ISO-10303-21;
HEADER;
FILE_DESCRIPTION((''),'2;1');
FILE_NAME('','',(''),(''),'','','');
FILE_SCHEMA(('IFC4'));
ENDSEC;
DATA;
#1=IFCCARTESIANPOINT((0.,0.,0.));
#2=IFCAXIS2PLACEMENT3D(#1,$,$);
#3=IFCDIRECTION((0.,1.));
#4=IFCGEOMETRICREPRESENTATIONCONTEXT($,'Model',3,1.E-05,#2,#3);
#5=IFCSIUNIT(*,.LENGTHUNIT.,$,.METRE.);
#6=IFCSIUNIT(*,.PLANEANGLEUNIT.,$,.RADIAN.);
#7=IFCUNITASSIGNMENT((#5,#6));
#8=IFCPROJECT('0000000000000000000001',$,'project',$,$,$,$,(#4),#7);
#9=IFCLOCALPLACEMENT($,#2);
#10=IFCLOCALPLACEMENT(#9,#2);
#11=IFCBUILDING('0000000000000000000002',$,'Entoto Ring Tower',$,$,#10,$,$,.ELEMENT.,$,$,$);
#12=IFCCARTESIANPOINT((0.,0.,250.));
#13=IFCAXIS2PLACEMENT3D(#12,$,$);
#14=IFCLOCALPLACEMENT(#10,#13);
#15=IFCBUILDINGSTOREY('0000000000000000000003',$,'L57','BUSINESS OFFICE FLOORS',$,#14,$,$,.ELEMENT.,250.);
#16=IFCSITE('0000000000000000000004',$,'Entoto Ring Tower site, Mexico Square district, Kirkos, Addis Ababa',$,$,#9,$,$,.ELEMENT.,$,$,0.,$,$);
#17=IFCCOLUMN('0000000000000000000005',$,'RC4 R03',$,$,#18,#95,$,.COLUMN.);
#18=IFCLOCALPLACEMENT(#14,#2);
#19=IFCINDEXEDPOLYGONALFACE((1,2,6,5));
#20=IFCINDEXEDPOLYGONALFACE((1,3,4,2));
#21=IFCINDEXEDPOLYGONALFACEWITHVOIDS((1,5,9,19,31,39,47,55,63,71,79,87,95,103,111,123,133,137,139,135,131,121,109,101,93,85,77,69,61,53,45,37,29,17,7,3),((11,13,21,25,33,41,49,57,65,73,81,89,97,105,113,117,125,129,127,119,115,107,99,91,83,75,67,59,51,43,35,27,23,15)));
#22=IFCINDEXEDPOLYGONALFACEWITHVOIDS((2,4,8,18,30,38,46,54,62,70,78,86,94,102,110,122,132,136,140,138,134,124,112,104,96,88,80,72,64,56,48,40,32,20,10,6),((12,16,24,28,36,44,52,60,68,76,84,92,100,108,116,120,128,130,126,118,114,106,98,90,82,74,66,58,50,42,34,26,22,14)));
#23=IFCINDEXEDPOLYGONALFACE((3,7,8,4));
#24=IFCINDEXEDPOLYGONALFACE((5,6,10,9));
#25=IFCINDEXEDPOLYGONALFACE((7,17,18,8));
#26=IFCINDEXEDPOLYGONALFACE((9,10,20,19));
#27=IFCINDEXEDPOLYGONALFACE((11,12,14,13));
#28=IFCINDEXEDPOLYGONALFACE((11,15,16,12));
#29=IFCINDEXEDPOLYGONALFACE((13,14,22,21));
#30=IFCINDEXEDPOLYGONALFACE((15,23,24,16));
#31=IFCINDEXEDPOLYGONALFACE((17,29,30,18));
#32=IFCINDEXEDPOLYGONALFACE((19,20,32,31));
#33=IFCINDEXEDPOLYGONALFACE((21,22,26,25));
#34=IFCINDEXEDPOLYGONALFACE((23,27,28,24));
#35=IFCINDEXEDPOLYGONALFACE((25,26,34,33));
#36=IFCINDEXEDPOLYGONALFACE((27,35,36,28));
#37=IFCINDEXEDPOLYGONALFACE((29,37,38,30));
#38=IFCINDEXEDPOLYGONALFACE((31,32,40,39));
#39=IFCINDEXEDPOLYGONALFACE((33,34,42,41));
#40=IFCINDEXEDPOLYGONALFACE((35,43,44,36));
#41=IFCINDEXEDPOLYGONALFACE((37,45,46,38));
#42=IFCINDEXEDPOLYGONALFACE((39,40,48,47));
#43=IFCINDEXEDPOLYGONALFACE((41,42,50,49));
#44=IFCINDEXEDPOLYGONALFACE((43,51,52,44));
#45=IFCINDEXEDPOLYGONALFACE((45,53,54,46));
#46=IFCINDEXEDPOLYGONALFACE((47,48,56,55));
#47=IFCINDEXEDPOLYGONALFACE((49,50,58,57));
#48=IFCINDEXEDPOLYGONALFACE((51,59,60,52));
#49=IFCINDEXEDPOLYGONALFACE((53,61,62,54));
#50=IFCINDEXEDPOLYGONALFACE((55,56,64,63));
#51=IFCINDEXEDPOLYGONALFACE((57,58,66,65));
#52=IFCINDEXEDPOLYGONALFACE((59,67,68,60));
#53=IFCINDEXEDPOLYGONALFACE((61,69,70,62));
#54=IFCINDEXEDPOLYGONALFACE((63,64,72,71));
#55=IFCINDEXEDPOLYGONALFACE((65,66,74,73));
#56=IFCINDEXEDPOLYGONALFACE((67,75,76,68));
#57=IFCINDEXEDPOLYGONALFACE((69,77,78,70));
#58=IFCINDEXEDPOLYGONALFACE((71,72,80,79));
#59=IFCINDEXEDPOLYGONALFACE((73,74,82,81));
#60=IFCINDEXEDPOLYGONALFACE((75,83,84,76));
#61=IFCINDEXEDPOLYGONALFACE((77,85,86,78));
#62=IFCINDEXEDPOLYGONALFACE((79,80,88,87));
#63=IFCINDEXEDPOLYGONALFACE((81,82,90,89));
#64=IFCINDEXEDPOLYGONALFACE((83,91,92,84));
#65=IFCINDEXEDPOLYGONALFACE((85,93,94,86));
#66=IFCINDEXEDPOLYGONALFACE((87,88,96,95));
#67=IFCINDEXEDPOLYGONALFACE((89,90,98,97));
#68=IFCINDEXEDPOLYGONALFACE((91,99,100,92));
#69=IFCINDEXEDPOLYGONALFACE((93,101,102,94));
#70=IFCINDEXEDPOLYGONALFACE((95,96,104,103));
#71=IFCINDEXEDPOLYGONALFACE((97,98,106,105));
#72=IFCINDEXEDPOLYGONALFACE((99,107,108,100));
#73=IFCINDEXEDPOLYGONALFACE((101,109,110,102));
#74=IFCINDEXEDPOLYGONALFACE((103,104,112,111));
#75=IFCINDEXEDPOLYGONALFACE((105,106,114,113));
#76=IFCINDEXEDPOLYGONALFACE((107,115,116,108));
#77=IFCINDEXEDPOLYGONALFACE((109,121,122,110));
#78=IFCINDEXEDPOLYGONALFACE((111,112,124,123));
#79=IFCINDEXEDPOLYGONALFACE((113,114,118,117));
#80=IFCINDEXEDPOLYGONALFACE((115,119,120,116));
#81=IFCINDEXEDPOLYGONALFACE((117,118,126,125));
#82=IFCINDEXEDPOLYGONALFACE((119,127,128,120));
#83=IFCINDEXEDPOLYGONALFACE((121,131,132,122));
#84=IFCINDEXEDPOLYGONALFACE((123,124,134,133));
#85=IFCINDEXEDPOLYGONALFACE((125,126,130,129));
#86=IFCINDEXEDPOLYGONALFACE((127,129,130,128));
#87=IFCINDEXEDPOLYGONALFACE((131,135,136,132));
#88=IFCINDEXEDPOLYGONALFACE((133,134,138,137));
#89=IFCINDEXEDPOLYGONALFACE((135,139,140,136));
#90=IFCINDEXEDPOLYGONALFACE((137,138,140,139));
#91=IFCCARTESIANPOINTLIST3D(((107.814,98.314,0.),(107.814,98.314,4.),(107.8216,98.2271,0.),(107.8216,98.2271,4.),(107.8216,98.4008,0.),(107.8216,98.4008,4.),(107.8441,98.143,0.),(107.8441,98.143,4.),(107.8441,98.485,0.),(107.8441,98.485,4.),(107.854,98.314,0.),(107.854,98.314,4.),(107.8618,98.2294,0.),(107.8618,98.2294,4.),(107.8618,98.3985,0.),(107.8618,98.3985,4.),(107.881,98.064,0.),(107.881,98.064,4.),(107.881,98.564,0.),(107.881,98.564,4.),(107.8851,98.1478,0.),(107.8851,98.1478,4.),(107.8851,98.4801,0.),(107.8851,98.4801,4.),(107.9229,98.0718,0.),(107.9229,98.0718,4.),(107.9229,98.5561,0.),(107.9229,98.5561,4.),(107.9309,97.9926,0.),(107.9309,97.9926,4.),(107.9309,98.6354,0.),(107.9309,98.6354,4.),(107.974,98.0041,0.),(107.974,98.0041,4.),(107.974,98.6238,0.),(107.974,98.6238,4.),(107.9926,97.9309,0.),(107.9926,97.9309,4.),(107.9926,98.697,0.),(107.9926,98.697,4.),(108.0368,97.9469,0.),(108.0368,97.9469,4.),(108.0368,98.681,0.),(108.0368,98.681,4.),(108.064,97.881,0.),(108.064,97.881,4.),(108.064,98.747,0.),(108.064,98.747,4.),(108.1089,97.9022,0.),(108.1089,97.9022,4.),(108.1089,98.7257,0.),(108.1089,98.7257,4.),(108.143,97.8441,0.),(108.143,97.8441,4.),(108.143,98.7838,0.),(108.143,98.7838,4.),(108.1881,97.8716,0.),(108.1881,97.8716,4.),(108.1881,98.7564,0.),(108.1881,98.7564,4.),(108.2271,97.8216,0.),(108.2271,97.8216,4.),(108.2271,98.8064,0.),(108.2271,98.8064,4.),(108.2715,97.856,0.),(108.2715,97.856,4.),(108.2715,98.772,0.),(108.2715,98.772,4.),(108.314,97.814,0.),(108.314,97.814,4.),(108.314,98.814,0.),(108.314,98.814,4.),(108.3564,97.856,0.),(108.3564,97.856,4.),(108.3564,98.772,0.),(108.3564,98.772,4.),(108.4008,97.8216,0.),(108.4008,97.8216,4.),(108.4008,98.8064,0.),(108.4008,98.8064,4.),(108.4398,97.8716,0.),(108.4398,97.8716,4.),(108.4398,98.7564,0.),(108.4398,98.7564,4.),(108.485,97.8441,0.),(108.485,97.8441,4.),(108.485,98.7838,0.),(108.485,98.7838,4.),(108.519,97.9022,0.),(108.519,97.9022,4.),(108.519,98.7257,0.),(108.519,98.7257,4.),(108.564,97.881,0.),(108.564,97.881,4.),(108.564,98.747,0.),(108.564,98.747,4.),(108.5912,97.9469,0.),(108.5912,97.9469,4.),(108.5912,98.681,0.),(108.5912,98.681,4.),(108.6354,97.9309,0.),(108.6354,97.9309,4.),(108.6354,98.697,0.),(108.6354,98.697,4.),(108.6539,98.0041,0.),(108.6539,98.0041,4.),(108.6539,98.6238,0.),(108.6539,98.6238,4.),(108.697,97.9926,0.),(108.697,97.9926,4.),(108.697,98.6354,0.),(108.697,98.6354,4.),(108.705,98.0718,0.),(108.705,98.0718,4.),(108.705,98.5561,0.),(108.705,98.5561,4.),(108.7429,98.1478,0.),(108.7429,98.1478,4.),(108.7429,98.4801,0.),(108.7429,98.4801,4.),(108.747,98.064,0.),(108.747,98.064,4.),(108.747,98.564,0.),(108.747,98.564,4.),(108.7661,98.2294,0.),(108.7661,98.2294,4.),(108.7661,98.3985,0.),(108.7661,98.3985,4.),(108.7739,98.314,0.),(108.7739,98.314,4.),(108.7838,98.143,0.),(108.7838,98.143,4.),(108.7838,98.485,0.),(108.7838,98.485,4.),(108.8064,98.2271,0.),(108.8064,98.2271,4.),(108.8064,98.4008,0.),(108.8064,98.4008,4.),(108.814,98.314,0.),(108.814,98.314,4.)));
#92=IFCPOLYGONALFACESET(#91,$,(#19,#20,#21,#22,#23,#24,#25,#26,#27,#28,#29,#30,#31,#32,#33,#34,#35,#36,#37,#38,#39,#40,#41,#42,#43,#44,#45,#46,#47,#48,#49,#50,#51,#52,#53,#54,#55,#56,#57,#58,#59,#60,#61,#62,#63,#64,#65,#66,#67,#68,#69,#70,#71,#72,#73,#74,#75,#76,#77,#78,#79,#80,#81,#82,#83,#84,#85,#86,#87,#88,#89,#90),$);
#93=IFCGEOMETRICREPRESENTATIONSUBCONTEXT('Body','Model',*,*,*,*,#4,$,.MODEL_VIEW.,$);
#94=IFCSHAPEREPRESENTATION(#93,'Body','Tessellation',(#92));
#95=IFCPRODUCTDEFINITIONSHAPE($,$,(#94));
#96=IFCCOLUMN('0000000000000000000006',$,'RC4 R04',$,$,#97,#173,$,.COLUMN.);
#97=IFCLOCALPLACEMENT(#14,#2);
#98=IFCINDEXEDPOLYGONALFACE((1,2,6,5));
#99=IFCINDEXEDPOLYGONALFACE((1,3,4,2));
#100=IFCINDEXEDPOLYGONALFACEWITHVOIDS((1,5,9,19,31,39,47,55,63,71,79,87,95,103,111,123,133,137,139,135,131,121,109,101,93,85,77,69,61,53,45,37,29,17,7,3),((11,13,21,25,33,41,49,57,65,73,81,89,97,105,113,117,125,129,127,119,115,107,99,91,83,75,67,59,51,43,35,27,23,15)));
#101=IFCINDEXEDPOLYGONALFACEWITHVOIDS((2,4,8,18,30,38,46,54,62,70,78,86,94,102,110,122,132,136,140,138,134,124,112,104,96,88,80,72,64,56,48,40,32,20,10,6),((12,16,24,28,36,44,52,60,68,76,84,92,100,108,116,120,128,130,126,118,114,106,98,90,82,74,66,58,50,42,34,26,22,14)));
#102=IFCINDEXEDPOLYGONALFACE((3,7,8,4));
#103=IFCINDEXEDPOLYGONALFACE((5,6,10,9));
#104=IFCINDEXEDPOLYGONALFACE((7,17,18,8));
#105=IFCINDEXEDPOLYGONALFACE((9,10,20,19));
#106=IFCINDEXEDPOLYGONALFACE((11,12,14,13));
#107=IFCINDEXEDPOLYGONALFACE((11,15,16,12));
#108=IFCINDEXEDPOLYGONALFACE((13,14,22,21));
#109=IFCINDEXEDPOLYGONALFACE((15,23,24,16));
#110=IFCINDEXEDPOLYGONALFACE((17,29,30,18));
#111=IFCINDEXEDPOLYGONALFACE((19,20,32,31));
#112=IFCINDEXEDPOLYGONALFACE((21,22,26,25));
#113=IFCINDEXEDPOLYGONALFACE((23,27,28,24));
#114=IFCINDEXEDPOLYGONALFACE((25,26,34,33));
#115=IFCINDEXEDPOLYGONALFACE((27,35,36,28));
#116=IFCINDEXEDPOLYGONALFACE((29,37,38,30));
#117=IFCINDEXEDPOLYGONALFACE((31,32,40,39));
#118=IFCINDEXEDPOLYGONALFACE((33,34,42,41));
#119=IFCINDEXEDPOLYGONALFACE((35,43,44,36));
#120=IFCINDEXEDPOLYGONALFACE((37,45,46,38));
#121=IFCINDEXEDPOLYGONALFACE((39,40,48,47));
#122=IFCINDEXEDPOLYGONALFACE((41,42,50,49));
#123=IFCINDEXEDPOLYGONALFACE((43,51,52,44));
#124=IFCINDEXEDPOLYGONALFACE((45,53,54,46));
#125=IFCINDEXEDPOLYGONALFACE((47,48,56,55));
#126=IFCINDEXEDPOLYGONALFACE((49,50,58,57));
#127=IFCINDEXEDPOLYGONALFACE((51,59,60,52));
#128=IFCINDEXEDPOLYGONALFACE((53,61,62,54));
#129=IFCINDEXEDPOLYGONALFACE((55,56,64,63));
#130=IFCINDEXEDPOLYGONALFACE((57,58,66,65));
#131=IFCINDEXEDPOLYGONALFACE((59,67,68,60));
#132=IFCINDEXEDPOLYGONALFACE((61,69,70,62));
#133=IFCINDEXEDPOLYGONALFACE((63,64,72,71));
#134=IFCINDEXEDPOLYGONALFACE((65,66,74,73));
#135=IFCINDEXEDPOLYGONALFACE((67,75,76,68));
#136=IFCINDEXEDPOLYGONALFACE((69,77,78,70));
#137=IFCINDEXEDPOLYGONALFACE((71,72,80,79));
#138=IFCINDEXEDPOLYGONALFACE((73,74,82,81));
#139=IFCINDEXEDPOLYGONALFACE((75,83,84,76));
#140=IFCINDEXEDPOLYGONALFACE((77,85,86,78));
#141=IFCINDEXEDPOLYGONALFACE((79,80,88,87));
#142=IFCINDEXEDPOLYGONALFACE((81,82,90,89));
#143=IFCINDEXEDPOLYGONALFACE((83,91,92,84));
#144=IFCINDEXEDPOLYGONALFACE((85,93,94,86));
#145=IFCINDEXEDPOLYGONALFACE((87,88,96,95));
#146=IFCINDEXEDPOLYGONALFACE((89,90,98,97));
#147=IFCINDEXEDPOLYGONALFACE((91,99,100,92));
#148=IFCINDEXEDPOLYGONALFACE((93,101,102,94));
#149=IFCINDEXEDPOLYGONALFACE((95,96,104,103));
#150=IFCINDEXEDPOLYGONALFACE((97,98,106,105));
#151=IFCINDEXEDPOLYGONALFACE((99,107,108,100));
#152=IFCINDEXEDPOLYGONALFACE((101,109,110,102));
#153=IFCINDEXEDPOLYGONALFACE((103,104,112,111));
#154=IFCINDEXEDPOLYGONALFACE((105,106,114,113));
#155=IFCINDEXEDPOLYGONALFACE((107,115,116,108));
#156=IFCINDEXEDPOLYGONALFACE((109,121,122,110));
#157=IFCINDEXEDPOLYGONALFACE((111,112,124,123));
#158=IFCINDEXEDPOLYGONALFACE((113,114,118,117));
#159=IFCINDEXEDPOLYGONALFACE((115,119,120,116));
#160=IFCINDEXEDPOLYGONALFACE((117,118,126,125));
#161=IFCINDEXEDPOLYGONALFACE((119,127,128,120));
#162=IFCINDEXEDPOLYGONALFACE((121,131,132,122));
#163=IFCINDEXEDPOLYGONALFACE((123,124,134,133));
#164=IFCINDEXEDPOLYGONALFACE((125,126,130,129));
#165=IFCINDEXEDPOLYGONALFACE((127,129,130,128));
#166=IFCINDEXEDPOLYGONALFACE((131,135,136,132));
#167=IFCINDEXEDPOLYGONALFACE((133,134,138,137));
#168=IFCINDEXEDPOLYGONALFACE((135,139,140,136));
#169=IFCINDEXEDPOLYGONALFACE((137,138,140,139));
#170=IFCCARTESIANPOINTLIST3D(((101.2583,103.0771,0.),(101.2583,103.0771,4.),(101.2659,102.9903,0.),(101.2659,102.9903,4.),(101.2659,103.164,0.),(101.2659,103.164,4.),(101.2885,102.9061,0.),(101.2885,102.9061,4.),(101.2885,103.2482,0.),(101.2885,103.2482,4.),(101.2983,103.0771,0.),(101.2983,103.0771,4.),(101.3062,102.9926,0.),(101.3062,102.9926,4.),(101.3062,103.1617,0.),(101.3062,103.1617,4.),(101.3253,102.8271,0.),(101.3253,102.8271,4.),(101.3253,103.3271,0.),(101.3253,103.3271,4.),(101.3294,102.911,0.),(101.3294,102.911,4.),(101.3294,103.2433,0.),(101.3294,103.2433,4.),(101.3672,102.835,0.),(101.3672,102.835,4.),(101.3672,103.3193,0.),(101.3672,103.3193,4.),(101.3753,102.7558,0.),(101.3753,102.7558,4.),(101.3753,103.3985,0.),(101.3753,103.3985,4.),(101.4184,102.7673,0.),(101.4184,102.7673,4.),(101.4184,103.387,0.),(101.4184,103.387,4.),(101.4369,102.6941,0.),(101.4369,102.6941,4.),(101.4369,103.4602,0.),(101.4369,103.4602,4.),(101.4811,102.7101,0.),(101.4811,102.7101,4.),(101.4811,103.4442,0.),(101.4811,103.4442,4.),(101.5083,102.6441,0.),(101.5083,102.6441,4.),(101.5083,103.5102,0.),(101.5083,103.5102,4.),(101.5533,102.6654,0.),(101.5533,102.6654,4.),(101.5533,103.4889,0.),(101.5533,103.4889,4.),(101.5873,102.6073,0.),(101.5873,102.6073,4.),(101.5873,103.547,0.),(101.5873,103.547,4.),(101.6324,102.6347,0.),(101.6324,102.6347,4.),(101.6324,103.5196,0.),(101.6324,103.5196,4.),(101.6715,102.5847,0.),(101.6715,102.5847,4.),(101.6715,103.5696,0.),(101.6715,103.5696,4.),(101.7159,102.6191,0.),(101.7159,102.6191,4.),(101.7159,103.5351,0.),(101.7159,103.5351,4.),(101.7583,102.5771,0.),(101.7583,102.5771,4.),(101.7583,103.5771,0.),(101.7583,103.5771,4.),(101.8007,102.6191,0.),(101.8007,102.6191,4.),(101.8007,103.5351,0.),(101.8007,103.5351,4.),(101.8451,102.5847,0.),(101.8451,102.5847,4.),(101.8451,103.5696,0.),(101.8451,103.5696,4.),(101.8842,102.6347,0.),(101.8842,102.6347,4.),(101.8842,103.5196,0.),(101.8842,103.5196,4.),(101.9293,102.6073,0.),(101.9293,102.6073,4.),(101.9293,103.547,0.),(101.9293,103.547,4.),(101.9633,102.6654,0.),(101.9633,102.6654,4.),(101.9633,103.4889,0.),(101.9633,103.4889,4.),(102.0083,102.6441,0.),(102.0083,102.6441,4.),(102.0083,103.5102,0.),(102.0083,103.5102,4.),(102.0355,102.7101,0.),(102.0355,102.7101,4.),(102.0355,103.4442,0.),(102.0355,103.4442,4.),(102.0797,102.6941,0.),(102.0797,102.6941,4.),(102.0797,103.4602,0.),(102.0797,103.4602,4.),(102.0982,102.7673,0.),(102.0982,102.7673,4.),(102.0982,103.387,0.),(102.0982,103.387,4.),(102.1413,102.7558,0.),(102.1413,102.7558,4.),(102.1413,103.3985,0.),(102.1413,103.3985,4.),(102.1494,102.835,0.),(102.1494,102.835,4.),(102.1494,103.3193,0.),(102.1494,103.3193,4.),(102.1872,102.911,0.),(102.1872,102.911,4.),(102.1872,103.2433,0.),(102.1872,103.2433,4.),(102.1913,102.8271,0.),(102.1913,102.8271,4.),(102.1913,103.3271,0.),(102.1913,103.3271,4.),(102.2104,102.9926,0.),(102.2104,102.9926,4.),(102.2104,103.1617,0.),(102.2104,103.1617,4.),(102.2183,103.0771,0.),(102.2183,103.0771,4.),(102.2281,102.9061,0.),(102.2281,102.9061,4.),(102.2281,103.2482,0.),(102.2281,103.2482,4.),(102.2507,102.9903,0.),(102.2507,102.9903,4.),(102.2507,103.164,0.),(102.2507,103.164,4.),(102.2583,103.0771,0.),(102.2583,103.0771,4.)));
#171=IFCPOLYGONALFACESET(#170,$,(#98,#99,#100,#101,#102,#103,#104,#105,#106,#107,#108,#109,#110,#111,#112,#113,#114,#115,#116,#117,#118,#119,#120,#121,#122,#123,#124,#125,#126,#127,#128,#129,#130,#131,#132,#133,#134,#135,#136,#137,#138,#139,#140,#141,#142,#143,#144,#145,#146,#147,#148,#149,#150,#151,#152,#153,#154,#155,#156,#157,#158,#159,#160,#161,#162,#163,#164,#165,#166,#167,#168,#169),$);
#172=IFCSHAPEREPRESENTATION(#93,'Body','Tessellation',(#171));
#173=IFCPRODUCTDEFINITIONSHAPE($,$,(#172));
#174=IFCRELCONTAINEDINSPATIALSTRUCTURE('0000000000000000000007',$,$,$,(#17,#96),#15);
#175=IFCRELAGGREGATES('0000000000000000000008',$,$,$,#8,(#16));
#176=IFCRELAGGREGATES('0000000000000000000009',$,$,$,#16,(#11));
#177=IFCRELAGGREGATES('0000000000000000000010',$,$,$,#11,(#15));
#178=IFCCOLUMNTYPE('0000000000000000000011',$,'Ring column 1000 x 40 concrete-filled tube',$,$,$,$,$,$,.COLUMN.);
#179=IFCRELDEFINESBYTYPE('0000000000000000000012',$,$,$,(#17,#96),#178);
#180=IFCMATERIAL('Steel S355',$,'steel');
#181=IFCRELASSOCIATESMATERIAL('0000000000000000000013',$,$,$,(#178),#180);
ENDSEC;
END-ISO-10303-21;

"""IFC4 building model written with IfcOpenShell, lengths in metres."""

from ifc_helpers import new_model, si_unit, direction, frame, origin, origin_2d, place, context, subcontext, project, spatial, circle, hollow_circle, extrude, material, material_profile, profile_set, type_object, element, save


model = new_model("IFC4")

# Units and contexts
model_context = context("Model", 3, precision=1e-05, world=origin(), true_north=direction((0.0, 1.0)))
body_context = subcontext(model_context, "Body", "Model", "MODEL_VIEW")
ifc_project = project(units=[si_unit("LENGTHUNIT", "METRE"), si_unit("PLANEANGLEUNIT", "RADIAN")], contexts=[model_context])

# Site, building, storey
site_placement = place(None, origin())
site = spatial("IfcSite", under=ifc_project, at=site_placement, Name="Entoto Ring Tower site, Mexico Square district, Kirkos, Addis Ababa", CompositionType="ELEMENT", RefElevation=0.0)
building_placement = place(site_placement, origin())
building = spatial("IfcBuilding", under=site, at=building_placement, Name="Entoto Ring Tower", CompositionType="ELEMENT")
storey_placement = place(building_placement, frame((0.0, 0.0, 250.0)))
storey = spatial("IfcBuildingStorey", under=building, at=storey_placement, Name="L57", Description="BUSINESS OFFICE FLOORS", CompositionType="ELEMENT", Elevation=250.0)

# Columns
ifc_material_1 = material(Name="Steel S355", Category="steel")
ifc_material_profile_1 = material_profile(ifc_material_1, hollow_circle(Radius=0.5, WallThickness=0.04, at=origin_2d()), Name="CHS 1000 x 40")
ifc_material_2 = material(Name="Concrete C60/75", Category="concrete")
ifc_material_profile_2 = material_profile(ifc_material_2, circle(Radius=0.46, at=origin_2d()), Name="Concrete C60/75 infill")
ifc_profile_set_1 = profile_set([ifc_material_profile_1, ifc_material_profile_2], Name="Steel S355")
column_type = type_object("IfcColumnType", Name="Ring column 1000 x 40 concrete-filled tube", PredefinedType="COLUMN", material=ifc_profile_set_1)
for number, where, z_axis, x_axis, name in (
    (1, (108.314, 98.314, 0.0), (0.0, 0.0, 1.0), (1.0, 0.0, 0.0), "RC4 R03"),
    (2, (101.7583, 103.0771, 0.0), (0.0, 0.0, 1.0), (1.0, 0.0, 0.0), "RC4 R04"),
):
    element("IfcColumn", number, at=place(storey_placement, frame(where, z_axis=z_axis, x_axis=x_axis)), inside=storey, type_object=column_type, Name=name, PredefinedType="COLUMN", context=body_context, shape_type="SweptSolid", body=[
        extrude(hollow_circle(Radius=0.5, WallThickness=0.04, at=origin_2d()), origin(), (0.0, 0.0, 1.0), 4.0),
    ])

save(model, "model.ifc")
